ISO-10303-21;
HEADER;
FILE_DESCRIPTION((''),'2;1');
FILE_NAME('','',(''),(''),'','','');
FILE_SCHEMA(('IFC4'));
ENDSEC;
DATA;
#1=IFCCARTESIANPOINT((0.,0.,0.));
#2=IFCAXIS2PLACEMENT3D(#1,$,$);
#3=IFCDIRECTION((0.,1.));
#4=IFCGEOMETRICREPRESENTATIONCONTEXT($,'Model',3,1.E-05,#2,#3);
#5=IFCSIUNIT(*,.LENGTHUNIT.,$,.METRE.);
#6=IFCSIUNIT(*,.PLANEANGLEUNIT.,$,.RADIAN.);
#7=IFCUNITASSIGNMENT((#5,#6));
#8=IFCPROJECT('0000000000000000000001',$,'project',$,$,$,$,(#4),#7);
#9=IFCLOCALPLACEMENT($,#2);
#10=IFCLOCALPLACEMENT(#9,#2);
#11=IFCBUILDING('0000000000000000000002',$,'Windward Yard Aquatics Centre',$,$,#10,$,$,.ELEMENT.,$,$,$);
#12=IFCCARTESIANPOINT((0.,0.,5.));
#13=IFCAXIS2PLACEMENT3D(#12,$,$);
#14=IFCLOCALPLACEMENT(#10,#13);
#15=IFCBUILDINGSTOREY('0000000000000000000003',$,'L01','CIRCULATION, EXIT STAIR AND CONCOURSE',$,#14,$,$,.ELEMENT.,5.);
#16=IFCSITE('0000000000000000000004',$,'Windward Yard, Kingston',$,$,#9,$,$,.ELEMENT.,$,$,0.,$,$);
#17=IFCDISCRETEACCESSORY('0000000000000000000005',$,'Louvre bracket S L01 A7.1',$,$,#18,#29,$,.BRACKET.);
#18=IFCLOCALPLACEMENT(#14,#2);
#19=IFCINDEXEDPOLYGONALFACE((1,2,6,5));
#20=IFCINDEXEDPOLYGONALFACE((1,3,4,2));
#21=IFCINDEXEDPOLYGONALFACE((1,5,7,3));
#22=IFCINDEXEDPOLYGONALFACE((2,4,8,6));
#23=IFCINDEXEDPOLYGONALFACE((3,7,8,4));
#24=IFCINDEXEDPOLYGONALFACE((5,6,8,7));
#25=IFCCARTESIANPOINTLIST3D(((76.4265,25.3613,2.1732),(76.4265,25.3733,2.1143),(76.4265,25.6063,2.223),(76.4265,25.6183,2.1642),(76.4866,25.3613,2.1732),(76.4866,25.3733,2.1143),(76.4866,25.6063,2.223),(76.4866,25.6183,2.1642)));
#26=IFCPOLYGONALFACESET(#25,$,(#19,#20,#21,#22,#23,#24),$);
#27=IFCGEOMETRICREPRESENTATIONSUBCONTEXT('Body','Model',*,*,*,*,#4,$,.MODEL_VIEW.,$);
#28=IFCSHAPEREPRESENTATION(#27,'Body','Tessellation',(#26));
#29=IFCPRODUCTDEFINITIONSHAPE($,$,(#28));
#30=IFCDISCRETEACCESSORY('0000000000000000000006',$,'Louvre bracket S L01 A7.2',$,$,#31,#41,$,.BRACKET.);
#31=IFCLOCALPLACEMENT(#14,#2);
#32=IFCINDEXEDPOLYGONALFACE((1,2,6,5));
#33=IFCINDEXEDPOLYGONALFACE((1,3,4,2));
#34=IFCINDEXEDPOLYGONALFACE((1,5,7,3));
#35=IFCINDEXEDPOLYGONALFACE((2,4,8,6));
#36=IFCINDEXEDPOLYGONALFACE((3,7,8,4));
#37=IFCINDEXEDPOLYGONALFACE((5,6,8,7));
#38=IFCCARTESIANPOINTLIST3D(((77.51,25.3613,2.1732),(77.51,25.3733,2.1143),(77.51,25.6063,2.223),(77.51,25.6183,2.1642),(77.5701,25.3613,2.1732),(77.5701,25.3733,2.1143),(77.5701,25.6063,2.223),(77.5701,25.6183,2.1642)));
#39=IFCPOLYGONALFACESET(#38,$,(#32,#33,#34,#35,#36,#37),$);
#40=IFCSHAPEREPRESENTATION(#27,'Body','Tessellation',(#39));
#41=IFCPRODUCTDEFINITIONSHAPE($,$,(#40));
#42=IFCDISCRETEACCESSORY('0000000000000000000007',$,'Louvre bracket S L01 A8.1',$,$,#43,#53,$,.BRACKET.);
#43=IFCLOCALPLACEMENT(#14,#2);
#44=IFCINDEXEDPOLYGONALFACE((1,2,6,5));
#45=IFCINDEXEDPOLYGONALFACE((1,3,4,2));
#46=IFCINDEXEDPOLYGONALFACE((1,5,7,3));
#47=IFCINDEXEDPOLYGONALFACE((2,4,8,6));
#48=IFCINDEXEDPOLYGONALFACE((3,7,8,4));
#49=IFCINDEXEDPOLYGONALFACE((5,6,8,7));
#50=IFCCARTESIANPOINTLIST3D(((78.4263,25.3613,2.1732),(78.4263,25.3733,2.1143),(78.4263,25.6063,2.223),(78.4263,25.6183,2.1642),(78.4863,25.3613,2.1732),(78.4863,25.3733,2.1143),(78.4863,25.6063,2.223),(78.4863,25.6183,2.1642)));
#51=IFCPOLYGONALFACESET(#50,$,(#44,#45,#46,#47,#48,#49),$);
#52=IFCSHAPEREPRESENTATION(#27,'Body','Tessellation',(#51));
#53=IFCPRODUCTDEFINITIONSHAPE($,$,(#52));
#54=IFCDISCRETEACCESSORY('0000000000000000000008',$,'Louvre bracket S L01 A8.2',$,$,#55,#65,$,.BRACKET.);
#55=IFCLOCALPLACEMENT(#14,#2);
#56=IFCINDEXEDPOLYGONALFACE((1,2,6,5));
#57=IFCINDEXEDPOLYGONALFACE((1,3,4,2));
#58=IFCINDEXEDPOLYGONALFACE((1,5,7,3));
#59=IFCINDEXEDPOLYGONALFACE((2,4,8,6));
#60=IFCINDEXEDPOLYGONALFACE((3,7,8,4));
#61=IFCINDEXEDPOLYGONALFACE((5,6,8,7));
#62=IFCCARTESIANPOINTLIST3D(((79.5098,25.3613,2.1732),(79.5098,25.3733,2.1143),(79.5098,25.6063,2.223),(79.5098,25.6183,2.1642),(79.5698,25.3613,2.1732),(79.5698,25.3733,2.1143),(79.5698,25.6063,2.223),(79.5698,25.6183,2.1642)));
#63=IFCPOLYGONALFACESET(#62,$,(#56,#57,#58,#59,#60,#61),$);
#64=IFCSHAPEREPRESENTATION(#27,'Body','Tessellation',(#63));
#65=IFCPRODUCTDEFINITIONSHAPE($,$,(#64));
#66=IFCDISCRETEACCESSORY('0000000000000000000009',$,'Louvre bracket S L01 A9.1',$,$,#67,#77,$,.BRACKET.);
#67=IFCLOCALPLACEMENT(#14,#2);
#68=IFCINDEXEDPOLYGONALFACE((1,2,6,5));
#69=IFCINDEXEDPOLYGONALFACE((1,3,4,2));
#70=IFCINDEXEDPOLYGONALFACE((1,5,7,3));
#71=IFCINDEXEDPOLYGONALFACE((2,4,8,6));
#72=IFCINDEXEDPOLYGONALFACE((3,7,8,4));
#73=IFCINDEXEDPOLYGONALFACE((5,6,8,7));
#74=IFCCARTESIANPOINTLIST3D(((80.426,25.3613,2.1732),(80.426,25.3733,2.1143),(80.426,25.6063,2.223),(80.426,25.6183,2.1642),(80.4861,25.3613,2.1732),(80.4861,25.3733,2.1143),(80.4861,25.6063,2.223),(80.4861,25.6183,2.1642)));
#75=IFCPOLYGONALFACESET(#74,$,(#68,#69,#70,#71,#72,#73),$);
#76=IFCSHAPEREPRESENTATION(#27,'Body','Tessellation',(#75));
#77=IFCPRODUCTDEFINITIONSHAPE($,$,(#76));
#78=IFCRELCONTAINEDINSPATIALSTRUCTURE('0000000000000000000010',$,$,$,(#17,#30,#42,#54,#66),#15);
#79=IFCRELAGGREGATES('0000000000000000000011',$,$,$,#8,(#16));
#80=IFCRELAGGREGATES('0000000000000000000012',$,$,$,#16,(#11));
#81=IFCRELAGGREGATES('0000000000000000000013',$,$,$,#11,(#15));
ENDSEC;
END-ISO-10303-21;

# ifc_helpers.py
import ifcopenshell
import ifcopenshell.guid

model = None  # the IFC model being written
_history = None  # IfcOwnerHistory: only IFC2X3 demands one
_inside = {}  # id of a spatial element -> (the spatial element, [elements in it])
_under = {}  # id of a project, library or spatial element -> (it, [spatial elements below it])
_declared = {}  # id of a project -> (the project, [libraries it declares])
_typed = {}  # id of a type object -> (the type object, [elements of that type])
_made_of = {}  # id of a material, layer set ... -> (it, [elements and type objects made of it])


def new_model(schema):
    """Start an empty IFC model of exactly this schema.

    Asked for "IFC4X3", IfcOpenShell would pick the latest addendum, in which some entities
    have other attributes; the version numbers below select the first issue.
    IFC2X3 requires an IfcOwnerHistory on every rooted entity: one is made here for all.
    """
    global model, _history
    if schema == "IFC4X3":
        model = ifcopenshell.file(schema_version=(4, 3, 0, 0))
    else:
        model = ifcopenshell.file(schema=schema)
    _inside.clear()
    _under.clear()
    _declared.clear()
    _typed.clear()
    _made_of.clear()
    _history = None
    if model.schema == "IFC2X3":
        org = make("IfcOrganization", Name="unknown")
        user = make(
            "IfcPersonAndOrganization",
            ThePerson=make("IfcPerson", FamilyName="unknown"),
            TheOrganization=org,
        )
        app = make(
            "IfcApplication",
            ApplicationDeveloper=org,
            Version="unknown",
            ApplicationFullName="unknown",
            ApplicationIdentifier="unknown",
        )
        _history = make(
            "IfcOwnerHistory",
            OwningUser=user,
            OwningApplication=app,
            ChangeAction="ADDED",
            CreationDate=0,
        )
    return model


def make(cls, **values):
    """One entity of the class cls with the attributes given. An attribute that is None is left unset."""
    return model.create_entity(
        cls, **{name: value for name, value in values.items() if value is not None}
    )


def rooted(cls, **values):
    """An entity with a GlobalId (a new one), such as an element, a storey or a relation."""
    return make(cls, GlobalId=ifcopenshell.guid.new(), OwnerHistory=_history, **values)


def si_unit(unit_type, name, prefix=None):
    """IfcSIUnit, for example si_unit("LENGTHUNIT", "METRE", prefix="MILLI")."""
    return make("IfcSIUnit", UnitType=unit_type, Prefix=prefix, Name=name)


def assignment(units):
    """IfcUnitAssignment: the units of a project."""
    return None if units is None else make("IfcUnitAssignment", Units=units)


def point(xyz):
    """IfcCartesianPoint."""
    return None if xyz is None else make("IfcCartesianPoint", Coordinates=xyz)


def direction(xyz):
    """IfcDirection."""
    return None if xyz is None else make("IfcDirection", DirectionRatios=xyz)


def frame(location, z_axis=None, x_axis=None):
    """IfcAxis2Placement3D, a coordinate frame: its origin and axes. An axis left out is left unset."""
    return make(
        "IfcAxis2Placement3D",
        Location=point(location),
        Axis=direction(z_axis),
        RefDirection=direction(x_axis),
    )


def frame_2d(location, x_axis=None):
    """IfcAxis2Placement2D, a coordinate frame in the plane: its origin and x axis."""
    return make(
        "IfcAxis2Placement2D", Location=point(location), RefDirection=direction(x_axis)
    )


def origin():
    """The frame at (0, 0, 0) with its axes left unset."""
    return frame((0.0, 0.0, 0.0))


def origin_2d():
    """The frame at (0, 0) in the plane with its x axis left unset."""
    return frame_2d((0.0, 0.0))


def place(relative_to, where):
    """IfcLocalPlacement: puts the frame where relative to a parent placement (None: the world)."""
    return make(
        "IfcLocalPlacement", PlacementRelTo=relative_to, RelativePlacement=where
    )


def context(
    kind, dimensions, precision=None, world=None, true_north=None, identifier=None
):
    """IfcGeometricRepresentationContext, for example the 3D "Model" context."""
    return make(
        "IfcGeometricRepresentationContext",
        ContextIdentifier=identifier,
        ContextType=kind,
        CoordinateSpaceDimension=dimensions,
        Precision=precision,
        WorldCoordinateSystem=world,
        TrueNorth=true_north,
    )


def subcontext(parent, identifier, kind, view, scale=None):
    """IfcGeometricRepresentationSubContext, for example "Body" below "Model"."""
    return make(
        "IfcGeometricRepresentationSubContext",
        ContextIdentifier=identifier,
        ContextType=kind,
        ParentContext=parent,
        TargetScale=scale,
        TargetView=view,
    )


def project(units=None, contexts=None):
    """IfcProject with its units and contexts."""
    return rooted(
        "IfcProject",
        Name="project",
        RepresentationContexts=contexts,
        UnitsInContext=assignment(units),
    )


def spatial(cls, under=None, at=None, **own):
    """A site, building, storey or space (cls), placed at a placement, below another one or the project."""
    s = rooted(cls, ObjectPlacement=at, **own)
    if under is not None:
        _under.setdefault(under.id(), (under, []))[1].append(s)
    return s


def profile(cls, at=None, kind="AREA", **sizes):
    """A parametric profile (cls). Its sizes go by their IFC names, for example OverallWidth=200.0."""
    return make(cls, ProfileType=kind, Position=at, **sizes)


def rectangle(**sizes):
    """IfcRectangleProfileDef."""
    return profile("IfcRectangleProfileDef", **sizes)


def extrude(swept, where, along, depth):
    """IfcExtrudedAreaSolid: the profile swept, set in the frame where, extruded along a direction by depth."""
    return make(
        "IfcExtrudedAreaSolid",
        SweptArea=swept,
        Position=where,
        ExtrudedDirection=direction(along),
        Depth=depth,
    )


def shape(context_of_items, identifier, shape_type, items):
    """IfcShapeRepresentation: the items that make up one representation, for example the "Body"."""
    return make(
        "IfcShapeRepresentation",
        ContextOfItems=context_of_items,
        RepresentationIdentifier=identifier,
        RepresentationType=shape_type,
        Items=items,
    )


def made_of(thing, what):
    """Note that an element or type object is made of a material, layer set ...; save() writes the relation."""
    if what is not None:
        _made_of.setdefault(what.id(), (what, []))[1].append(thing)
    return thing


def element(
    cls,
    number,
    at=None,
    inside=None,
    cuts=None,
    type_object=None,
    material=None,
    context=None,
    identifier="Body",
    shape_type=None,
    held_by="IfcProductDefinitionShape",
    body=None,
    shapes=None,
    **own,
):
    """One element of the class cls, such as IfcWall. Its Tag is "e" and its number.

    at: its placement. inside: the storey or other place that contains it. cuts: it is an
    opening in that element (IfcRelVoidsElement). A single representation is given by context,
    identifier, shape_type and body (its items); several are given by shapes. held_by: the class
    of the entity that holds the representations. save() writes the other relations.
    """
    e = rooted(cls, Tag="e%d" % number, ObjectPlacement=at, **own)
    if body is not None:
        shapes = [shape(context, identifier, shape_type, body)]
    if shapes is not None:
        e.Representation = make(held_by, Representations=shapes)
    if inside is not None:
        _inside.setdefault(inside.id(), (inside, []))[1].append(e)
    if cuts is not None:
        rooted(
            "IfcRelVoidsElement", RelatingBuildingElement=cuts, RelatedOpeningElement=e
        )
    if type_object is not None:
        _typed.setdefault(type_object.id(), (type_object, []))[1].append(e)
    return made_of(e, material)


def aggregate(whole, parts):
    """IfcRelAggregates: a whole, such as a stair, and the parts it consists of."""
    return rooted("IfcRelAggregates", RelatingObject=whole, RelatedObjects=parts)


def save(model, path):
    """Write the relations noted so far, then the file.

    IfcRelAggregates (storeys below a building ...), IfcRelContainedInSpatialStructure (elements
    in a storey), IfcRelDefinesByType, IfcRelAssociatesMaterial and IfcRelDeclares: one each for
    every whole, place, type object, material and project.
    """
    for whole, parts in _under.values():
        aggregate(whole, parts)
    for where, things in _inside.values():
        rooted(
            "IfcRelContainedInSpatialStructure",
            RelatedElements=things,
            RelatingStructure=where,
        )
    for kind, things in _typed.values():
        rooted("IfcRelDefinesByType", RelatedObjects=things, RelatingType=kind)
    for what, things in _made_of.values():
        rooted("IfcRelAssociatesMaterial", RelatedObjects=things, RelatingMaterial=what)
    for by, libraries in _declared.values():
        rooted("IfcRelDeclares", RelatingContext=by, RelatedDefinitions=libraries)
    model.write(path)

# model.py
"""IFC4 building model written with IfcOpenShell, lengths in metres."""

from ifc_helpers import new_model, si_unit, direction, frame, origin, origin_2d, place, context, subcontext, project, spatial, rectangle, extrude, element, save


model = new_model("IFC4")

# Units and contexts
model_context = context("Model", 3, precision=1e-05, world=origin(), true_north=direction((0.0, 1.0)))
body_context = subcontext(model_context, "Body", "Model", "MODEL_VIEW")
ifc_project = project(units=[si_unit("LENGTHUNIT", "METRE"), si_unit("PLANEANGLEUNIT", "RADIAN")], contexts=[model_context])

# Site, building, storey
site_placement = place(None, origin())
site = spatial("IfcSite", under=ifc_project, at=site_placement, Name="Windward Yard, Kingston", CompositionType="ELEMENT", RefElevation=0.0)
building_placement = place(site_placement, origin())
building = spatial("IfcBuilding", under=site, at=building_placement, Name="Windward Yard Aquatics Centre", CompositionType="ELEMENT")
storey_placement = place(building_placement, frame((0.0, 0.0, 5.0)))
storey = spatial("IfcBuildingStorey", under=building, at=storey_placement, Name="L01", Description="CIRCULATION, EXIT STAIR AND CONCOURSE", CompositionType="ELEMENT", Elevation=5.0)

# Discrete accessories
for number, where, z_axis, x_axis, name in (
    (1, (76.4565, 25.6123, 2.1936), (0.0, -0.979937, -0.199309), (1.0, 0.0, 0.0), "Louvre bracket S L01 A7.1"),
    (2, (77.54, 25.6123, 2.1936), (0.0, -0.979937, -0.199309), (1.0, 0.0, 0.0), "Louvre bracket S L01 A7.2"),
    (3, (78.4563, 25.6123, 2.1936), (0.0, -0.979937, -0.199309), (1.0, 0.0, 0.0), "Louvre bracket S L01 A8.1"),
    (4, (79.5398, 25.6123, 2.1936), (0.0, -0.979937, -0.199309), (1.0, 0.0, 0.0), "Louvre bracket S L01 A8.2"),
    (5, (80.4561, 25.6123, 2.1936), (0.0, -0.979937, -0.199309), (1.0, 0.0, 0.0), "Louvre bracket S L01 A9.1"),
):
    element("IfcDiscreteAccessory", number, at=place(storey_placement, frame(where, z_axis=z_axis, x_axis=x_axis)), inside=storey, Name=name, PredefinedType="BRACKET", context=body_context, shape_type="SweptSolid", body=[
        extrude(rectangle(XDim=0.0601, YDim=0.0601, at=origin_2d()), origin(), (0.0, 0.0, 1.0), 0.25),
    ])

save(model, "model.ifc")
